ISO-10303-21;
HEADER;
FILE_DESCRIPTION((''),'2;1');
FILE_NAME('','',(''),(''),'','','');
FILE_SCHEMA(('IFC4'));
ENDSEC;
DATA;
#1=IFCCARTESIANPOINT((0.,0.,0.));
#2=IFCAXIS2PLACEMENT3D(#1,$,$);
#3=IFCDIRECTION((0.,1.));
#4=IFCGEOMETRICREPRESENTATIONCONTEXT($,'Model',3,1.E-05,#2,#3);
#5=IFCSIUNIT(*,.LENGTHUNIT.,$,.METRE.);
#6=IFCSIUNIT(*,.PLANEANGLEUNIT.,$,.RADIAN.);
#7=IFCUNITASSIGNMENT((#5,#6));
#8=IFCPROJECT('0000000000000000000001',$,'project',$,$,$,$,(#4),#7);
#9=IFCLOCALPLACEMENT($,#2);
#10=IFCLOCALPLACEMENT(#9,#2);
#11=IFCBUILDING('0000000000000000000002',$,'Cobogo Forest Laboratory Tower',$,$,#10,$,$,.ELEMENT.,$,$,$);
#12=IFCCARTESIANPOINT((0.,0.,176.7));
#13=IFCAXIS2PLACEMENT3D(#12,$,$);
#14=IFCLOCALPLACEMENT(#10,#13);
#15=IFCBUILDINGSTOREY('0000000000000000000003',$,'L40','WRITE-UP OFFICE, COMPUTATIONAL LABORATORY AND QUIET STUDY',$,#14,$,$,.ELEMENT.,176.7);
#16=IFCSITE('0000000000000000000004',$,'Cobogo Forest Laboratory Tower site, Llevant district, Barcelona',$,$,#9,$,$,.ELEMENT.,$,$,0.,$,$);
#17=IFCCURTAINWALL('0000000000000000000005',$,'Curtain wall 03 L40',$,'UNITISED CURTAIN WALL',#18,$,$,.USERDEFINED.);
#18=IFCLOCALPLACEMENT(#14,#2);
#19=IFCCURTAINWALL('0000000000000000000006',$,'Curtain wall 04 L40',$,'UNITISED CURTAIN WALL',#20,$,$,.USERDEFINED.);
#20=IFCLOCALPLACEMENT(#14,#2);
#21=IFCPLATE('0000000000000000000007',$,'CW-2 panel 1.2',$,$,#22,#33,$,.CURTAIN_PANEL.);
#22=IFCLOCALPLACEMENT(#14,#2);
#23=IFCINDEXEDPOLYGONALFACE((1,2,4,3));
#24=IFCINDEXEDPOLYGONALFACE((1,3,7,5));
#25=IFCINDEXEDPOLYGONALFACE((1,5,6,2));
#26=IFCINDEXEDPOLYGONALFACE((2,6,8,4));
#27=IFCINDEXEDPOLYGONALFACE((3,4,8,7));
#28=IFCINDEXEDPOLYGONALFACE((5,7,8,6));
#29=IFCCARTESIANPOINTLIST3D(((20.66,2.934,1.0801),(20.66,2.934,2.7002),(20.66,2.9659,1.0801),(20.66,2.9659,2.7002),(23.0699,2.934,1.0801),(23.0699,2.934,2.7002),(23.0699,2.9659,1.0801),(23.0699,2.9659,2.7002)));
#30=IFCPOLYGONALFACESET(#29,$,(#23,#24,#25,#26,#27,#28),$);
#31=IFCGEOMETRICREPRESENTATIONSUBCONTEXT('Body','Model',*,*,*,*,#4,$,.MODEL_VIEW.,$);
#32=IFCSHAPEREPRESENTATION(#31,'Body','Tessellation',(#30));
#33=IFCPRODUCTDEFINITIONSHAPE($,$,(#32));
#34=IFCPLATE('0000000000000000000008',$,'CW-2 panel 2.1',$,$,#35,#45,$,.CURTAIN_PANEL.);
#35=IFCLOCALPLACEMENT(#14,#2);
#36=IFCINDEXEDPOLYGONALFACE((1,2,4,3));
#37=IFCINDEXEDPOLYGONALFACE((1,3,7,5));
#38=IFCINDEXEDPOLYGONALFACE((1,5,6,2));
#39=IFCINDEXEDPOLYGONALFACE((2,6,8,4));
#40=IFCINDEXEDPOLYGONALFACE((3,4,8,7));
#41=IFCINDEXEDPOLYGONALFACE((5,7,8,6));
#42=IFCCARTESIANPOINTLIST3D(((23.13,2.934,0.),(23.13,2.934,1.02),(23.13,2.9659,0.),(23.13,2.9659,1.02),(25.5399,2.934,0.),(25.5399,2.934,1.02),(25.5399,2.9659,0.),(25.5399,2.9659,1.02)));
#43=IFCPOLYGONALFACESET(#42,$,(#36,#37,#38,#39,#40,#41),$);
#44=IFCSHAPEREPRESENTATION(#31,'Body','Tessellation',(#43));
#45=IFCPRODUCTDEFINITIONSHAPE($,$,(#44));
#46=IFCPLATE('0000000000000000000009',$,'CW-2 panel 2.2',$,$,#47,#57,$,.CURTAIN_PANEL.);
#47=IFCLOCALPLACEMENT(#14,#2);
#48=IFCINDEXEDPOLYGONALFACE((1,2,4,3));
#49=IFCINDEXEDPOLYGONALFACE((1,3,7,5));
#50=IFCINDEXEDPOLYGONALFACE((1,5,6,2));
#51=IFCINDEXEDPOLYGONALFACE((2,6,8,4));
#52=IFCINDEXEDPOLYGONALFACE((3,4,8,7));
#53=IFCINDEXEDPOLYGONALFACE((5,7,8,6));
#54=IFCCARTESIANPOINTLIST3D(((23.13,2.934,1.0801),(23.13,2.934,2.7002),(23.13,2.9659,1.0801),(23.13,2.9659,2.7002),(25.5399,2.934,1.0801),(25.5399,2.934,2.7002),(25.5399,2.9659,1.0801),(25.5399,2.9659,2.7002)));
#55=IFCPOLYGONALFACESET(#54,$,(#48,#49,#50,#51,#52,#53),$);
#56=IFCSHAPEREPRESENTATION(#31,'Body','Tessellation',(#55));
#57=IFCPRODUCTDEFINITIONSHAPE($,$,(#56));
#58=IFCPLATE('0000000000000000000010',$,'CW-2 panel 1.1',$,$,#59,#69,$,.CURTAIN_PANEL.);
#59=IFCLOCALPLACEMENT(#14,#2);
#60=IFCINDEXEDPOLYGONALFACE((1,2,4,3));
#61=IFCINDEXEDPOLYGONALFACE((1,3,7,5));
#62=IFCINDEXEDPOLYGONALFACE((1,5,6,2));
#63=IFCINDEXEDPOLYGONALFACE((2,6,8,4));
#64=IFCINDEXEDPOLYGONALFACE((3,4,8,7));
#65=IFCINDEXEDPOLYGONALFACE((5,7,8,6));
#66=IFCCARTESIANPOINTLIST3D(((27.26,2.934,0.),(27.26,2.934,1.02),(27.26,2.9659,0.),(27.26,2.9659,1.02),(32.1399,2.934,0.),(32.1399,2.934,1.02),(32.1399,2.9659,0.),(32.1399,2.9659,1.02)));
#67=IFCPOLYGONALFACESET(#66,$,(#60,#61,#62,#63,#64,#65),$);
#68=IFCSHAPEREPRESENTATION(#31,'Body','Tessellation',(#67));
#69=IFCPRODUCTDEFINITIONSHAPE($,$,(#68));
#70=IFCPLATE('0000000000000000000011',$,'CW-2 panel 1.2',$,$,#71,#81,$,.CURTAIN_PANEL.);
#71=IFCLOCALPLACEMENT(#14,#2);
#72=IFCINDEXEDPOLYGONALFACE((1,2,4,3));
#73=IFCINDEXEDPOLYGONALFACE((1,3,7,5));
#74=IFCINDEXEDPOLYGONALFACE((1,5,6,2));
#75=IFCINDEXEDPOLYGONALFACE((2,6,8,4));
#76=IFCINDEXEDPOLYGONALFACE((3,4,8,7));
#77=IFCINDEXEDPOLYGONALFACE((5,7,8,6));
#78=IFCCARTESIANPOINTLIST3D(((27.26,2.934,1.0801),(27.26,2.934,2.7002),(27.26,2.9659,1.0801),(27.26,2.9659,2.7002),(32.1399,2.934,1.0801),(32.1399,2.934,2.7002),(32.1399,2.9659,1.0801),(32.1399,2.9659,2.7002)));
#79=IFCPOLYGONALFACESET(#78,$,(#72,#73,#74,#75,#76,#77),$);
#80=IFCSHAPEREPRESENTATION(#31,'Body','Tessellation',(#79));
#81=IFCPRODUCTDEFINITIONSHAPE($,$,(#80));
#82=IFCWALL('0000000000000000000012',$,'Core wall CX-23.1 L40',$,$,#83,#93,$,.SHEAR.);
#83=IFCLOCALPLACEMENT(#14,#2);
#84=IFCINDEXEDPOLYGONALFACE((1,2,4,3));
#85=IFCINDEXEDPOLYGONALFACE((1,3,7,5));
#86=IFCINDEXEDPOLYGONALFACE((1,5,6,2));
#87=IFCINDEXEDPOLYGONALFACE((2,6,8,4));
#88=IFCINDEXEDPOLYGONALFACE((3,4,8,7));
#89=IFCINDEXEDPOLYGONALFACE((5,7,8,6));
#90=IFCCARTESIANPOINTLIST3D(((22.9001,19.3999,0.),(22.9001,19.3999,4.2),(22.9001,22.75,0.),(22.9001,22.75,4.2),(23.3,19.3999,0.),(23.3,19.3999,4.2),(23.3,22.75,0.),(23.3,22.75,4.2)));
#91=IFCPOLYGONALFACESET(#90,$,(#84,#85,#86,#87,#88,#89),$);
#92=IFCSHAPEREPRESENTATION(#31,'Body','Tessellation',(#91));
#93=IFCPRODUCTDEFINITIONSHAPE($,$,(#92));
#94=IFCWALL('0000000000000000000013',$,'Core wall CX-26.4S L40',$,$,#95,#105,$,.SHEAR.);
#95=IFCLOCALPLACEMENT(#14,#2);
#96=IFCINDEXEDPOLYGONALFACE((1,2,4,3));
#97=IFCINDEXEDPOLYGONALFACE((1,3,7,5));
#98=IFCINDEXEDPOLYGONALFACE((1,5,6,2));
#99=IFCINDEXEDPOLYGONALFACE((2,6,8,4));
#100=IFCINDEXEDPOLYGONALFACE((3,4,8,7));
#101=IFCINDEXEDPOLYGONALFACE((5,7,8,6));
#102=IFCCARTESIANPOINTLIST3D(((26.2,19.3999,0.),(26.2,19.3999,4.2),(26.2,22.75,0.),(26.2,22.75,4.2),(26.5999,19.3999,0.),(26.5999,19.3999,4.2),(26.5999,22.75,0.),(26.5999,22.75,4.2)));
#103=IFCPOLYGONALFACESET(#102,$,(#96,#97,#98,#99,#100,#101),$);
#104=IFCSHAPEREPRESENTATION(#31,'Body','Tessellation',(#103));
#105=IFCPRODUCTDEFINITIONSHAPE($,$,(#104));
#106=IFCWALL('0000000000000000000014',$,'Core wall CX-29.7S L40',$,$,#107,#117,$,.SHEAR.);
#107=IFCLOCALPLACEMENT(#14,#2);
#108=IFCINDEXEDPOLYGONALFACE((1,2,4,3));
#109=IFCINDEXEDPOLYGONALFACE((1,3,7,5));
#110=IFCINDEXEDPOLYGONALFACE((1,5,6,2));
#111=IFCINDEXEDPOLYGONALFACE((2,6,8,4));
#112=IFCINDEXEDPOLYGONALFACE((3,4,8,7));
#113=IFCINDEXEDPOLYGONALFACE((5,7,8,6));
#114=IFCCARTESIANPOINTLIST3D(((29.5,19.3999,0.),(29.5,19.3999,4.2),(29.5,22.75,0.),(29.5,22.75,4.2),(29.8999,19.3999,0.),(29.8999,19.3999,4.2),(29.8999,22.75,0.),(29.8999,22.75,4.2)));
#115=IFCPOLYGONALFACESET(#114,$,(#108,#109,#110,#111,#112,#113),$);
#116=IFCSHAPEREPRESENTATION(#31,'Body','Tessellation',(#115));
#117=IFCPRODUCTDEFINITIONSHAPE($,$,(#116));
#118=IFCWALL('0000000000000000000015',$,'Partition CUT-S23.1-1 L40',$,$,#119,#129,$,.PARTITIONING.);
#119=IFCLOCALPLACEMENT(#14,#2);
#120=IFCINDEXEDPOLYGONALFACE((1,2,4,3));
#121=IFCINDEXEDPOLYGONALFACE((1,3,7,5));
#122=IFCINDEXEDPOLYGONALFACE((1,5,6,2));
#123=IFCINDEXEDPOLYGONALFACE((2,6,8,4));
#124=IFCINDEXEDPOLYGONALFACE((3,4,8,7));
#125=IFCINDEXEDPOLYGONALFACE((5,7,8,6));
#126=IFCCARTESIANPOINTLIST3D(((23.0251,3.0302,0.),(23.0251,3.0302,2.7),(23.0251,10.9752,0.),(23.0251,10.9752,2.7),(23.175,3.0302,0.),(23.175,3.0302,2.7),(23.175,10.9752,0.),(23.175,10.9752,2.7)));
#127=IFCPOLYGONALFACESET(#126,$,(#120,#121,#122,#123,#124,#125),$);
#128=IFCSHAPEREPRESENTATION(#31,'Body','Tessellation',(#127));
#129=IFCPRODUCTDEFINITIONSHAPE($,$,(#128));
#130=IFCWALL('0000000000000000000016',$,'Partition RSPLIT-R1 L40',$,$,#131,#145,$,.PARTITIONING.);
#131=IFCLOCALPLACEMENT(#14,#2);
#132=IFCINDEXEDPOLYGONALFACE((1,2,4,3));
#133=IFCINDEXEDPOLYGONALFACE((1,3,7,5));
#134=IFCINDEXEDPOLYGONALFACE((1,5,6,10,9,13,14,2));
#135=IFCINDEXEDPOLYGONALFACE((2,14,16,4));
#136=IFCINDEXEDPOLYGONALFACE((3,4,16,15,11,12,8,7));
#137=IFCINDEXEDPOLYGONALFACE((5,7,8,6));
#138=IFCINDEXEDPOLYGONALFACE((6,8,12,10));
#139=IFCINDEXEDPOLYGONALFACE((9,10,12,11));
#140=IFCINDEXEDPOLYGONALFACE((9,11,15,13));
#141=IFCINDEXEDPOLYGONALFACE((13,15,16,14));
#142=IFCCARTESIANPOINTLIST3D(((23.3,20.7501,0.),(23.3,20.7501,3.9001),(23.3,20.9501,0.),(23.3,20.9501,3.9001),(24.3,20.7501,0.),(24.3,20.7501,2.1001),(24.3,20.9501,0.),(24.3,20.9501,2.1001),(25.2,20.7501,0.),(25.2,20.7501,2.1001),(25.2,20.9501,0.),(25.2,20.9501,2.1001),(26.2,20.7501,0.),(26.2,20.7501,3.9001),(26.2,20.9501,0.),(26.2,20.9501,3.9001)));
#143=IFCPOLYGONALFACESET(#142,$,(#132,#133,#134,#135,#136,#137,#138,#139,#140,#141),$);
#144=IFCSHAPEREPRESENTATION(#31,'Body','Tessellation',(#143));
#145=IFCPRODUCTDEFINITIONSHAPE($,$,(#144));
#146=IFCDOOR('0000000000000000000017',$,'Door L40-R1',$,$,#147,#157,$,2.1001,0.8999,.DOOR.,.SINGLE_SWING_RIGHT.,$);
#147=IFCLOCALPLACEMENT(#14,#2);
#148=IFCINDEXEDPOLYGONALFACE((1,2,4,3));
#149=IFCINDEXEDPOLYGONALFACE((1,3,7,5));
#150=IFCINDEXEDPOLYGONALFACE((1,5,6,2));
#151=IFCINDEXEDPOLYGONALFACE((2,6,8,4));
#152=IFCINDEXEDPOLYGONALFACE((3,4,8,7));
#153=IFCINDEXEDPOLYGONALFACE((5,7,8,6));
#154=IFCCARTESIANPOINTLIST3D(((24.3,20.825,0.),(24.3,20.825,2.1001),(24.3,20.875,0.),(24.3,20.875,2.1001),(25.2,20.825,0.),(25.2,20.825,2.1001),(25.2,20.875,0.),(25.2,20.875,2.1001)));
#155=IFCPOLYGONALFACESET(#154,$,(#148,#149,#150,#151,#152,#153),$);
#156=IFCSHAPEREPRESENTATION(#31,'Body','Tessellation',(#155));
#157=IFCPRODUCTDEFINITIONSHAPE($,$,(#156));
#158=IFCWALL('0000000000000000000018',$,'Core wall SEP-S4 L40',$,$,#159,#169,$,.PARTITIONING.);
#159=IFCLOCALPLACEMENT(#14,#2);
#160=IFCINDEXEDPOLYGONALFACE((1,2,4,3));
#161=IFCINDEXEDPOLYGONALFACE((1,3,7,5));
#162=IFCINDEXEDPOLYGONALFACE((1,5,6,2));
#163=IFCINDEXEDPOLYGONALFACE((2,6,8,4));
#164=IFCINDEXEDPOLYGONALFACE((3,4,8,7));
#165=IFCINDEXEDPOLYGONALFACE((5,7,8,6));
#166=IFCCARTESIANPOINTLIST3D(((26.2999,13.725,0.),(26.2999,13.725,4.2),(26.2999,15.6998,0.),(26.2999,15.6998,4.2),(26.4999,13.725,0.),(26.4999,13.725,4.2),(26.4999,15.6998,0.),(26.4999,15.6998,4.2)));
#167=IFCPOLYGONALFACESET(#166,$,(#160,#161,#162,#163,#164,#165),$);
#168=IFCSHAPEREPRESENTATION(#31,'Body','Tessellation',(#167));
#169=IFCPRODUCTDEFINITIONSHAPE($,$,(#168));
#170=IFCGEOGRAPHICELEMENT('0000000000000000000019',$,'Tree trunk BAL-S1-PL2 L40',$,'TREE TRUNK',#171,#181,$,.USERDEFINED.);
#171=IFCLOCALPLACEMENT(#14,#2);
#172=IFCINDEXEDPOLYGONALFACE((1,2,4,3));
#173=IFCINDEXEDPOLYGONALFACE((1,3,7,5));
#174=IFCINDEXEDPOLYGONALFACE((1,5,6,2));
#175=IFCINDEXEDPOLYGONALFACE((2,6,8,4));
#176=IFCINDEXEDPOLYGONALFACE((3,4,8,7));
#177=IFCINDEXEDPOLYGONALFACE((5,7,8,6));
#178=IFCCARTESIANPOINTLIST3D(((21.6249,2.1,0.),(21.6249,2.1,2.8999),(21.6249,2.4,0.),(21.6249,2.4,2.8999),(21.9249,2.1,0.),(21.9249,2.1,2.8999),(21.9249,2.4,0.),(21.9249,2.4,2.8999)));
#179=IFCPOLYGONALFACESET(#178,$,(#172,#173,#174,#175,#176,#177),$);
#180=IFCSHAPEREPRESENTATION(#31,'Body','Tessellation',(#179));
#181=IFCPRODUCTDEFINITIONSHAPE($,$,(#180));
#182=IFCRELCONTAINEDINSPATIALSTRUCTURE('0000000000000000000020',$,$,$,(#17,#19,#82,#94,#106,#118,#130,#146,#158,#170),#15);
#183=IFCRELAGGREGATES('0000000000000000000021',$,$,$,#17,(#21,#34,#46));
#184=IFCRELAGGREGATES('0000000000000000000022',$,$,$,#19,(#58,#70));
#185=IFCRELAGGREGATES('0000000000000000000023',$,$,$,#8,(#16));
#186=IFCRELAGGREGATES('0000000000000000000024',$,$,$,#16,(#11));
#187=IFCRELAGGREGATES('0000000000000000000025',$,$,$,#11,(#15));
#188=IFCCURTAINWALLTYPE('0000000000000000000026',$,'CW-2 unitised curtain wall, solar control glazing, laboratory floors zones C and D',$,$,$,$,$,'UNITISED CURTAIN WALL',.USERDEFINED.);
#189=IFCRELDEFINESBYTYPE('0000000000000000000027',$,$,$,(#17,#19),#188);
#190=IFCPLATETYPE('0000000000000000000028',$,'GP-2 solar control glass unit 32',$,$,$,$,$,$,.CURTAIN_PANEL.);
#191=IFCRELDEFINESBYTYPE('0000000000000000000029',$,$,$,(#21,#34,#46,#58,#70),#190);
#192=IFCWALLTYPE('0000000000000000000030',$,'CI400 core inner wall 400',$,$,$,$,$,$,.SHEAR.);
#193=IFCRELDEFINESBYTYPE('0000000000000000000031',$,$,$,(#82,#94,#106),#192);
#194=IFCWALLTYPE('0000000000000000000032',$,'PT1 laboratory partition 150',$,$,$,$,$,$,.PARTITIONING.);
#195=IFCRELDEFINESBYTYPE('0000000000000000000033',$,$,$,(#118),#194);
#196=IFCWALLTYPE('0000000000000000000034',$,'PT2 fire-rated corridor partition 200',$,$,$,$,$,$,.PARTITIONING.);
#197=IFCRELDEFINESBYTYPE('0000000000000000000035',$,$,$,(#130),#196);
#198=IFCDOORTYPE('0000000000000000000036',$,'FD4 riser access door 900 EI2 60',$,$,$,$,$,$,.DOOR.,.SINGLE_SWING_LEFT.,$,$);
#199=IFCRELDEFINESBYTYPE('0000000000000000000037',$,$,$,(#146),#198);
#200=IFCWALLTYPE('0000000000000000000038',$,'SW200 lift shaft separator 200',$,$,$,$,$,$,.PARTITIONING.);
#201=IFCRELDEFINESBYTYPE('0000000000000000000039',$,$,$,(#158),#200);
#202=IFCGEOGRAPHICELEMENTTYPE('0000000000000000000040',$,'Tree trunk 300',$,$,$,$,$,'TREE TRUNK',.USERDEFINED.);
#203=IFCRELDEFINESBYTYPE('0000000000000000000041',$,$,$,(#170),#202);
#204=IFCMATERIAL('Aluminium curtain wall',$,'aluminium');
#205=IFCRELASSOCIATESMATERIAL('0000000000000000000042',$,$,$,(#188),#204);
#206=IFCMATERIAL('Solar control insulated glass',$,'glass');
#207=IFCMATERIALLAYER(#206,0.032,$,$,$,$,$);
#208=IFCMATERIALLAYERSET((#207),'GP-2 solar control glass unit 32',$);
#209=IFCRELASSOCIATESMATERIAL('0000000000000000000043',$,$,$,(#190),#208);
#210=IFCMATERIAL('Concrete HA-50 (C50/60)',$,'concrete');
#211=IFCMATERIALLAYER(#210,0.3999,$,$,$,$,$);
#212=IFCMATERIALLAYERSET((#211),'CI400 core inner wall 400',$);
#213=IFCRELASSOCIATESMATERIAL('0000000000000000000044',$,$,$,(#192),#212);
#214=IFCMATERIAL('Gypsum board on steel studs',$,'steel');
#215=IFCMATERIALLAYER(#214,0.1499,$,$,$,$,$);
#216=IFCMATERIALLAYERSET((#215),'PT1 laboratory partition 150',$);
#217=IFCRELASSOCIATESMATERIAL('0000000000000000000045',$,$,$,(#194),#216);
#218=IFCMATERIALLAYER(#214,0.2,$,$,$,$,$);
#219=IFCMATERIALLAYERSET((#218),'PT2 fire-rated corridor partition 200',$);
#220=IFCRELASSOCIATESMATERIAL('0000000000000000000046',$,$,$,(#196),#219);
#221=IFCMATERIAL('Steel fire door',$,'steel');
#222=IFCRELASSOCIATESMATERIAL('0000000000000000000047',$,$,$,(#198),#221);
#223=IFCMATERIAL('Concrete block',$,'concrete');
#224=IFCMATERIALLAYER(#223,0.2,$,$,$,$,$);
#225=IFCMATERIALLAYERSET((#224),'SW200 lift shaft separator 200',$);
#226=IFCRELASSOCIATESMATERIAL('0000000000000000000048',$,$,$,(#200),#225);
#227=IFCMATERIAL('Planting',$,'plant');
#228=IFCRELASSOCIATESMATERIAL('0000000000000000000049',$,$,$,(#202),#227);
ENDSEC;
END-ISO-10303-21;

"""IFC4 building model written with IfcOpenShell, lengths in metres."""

from ifc_helpers import new_model, si_unit, direction, frame, frame_2d, origin, origin_2d, place, context, subcontext, project, spatial, rectangle, extrude, material, layer, layer_set, type_object, element, fill, aggregate, save


model = new_model("IFC4")

# Units and contexts
model_context = context("Model", 3, precision=1e-05, world=origin(), true_north=direction((0.0, 1.0)))
body_context = subcontext(model_context, "Body", "Model", "MODEL_VIEW")
ifc_project = project(units=[si_unit("LENGTHUNIT", "METRE"), si_unit("PLANEANGLEUNIT", "RADIAN")], contexts=[model_context])

# Site, building, storey
site_placement = place(None, origin())
site = spatial("IfcSite", under=ifc_project, at=site_placement, Name="Cobogo Forest Laboratory Tower site, Llevant district, Barcelona", CompositionType="ELEMENT", RefElevation=0.0)
building_placement = place(site_placement, origin())
building = spatial("IfcBuilding", under=site, at=building_placement, Name="Cobogo Forest Laboratory Tower", CompositionType="ELEMENT")
storey_placement = place(building_placement, frame((0.0, 0.0, 176.7)))
storey = spatial("IfcBuildingStorey", under=building, at=storey_placement, Name="L40", Description="WRITE-UP OFFICE, COMPUTATIONAL LABORATORY AND QUIET STUDY", CompositionType="ELEMENT", Elevation=176.7)

# Shared definitions
ifc_material_1 = material(Name="Concrete HA-50 (C50/60)", Category="concrete")

# Curtain walls
ifc_material_2 = material(Name="Aluminium curtain wall", Category="aluminium")
curtain_wall_type = type_object("IfcCurtainWallType", Name="CW-2 unitised curtain wall, solar control glazing, laboratory floors zones C and D", ElementType="UNITISED CURTAIN WALL", PredefinedType="USERDEFINED", material=ifc_material_2)
curtain_wall_1_placement = place(storey_placement, origin())
curtain_wall_1 = element("IfcCurtainWall", 1, at=curtain_wall_1_placement, inside=storey, type_object=curtain_wall_type, Name="Curtain wall 03 L40", ObjectType="UNITISED CURTAIN WALL", PredefinedType="USERDEFINED")
curtain_wall_2_placement = place(storey_placement, origin())
curtain_wall_2 = element("IfcCurtainWall", 2, at=curtain_wall_2_placement, inside=storey, type_object=curtain_wall_type, Name="Curtain wall 04 L40", ObjectType="UNITISED CURTAIN WALL", PredefinedType="USERDEFINED")

# Plates
ifc_material_3 = material(Name="Solar control insulated glass", Category="glass")
ifc_layer_1 = layer(ifc_material_3, 0.032)
ifc_layer_set_1 = layer_set([ifc_layer_1], Name="GP-2 solar control glass unit 32")
plate_type_1 = type_object("IfcPlateType", Name="GP-2 solar control glass unit 32", PredefinedType="CURTAIN_PANEL", material=ifc_layer_set_1)
plate_1_placement = place(storey_placement, frame((21.865, 2.95, 1.0801), z_axis=(0.0, 0.0, 1.0), x_axis=(1.0, 0.0, 0.0)))
plate_1 = element("IfcPlate", 3, at=plate_1_placement, type_object=plate_type_1, Name="CW-2 panel 1.2", PredefinedType="CURTAIN_PANEL", context=body_context, shape_type="SweptSolid", body=[
    extrude(rectangle(XDim=2.4099, YDim=0.032, at=origin_2d()), origin(), (0.0, 0.0, 1.0), 1.6201),
])
plate_2_placement = place(storey_placement, frame((24.335, 2.95, 0.0), z_axis=(0.0, 0.0, 1.0), x_axis=(1.0, 0.0, 0.0)))
plate_2 = element("IfcPlate", 4, at=plate_2_placement, type_object=plate_type_1, Name="CW-2 panel 2.1", PredefinedType="CURTAIN_PANEL", context=body_context, shape_type="SweptSolid", body=[
    extrude(rectangle(XDim=2.4099, YDim=0.032, at=origin_2d()), origin(), (0.0, 0.0, 1.0), 1.02),
])
plate_3_placement = place(storey_placement, frame((24.335, 2.95, 1.0801), z_axis=(0.0, 0.0, 1.0), x_axis=(1.0, 0.0, 0.0)))
plate_3 = element("IfcPlate", 5, at=plate_3_placement, type_object=plate_type_1, Name="CW-2 panel 2.2", PredefinedType="CURTAIN_PANEL", context=body_context, shape_type="SweptSolid", body=[
    extrude(rectangle(XDim=2.4099, YDim=0.032, at=origin_2d()), origin(), (0.0, 0.0, 1.0), 1.6201),
])
aggregate(curtain_wall_1, [plate_1, plate_2, plate_3])
plate_4_placement = place(storey_placement, frame((29.7, 2.95, 0.0), z_axis=(0.0, 0.0, 1.0), x_axis=(1.0, 0.0, 0.0)))
plate_4 = element("IfcPlate", 6, at=plate_4_placement, type_object=plate_type_1, Name="CW-2 panel 1.1", PredefinedType="CURTAIN_PANEL", context=body_context, shape_type="SweptSolid", body=[
    extrude(rectangle(XDim=4.8799, YDim=0.032, at=origin_2d()), origin(), (0.0, 0.0, 1.0), 1.02),
])
plate_5_placement = place(storey_placement, frame((29.7, 2.95, 1.0801), z_axis=(0.0, 0.0, 1.0), x_axis=(1.0, 0.0, 0.0)))
plate_5 = element("IfcPlate", 7, at=plate_5_placement, type_object=plate_type_1, Name="CW-2 panel 1.2", PredefinedType="CURTAIN_PANEL", context=body_context, shape_type="SweptSolid", body=[
    extrude(rectangle(XDim=4.8799, YDim=0.032, at=origin_2d()), origin(), (0.0, 0.0, 1.0), 1.6201),
])
aggregate(curtain_wall_2, [plate_4, plate_5])

# Walls
ifc_layer_2 = layer(ifc_material_1, 0.3999)
ifc_layer_set_2 = layer_set([ifc_layer_2], Name="CI400 core inner wall 400")
wall_type_1 = type_object("IfcWallType", Name="CI400 core inner wall 400", PredefinedType="SHEAR", material=ifc_layer_set_2)
for number, where, z_axis, x_axis, name in (
    (8, (23.1001, 19.3999, 0.0), (0.0, 0.0, 1.0), (0.0, 1.0, 0.0), "Core wall CX-23.1 L40"),
    (9, (26.3999, 19.3999, 0.0), (0.0, 0.0, 1.0), (0.0, 1.0, 0.0), "Core wall CX-26.4S L40"),
    (10, (29.7, 19.3999, 0.0), (0.0, 0.0, 1.0), (0.0, 1.0, 0.0), "Core wall CX-29.7S L40"),
):
    element("IfcWall", number, at=place(storey_placement, frame(where, z_axis=z_axis, x_axis=x_axis)), inside=storey, type_object=wall_type_1, Name=name, PredefinedType="SHEAR", context=body_context, shape_type="SweptSolid", body=[
        extrude(rectangle(XDim=3.3501, YDim=0.3999, at=frame_2d((1.675, 0.0))), origin(), (0.0, 0.0, 1.0), 4.2),
    ])
ifc_material_4 = material(Name="Gypsum board on steel studs", Category="steel")
ifc_layer_3 = layer(ifc_material_4, 0.1499)
ifc_layer_set_3 = layer_set([ifc_layer_3], Name="PT1 laboratory partition 150")
wall_type_2 = type_object("IfcWallType", Name="PT1 laboratory partition 150", PredefinedType="PARTITIONING", material=ifc_layer_set_3)
wall_1_placement = place(storey_placement, frame((23.1001, 3.03, 0.0), z_axis=(0.0, 0.0, 1.0), x_axis=(0.0, 1.0, 0.0)))
element("IfcWall", 11, at=wall_1_placement, inside=storey, type_object=wall_type_2, Name="Partition CUT-S23.1-1 L40", PredefinedType="PARTITIONING", context=body_context, shape_type="SweptSolid", body=[
    extrude(rectangle(XDim=7.9451, YDim=0.1499, at=frame_2d((3.9727, 0.0))), origin(), (0.0, 0.0, 1.0), 2.7),
])

# Wall, opening, door
ifc_layer_4 = layer(ifc_material_4, 0.2)
ifc_layer_set_4 = layer_set([ifc_layer_4], Name="PT2 fire-rated corridor partition 200")
wall_type_3 = type_object("IfcWallType", Name="PT2 fire-rated corridor partition 200", PredefinedType="PARTITIONING", material=ifc_layer_set_4)
wall_2_placement = place(storey_placement, frame((23.3, 20.8501, 0.0), z_axis=(0.0, 0.0, 1.0), x_axis=(1.0, 0.0, 0.0)))
wall_2 = element("IfcWall", 12, at=wall_2_placement, inside=storey, type_object=wall_type_3, Name="Partition RSPLIT-R1 L40", PredefinedType="PARTITIONING", context=body_context, shape_type="SweptSolid", body=[
    extrude(rectangle(XDim=2.8999, YDim=0.2, at=frame_2d((1.45, 0.0))), origin(), (0.0, 0.0, 1.0), 3.9001),
])
opening_placement = place(wall_2_placement, frame((1.0, 0.0, 0.0)))
opening = element("IfcOpeningElement", 13, at=opening_placement, cuts=wall_2, PredefinedType="OPENING", context=body_context, shape_type="SweptSolid", body=[
    extrude(rectangle(XDim=0.8999, YDim=2.1001, at=frame_2d((0.45, 1.05))), frame((0.0, 0.1099, 0.0), z_axis=(0.0, -1.0, 0.0), x_axis=(1.0, 0.0, 0.0)), (0.0, 0.0, 1.0), 0.22),
])
ifc_material_5 = material(Name="Steel fire door", Category="steel")
door_type = type_object("IfcDoorType", Name="FD4 riser access door 900 EI2 60", OperationType="SINGLE_SWING_LEFT", PredefinedType="DOOR", material=ifc_material_5)
door_placement = place(opening_placement, origin())
door = element("IfcDoor", 14, at=door_placement, inside=storey, type_object=door_type, Name="Door L40-R1", OperationType="SINGLE_SWING_RIGHT", OverallHeight=2.1001, OverallWidth=0.8999, PredefinedType="DOOR", context=body_context, shape_type="SweptSolid", body=[
    extrude(rectangle(XDim=0.8999, YDim=2.1001, at=frame_2d((0.45, 1.05))), frame((0.0, 0.0249, 0.0), z_axis=(0.0, -1.0, 0.0), x_axis=(1.0, 0.0, 0.0)), (0.0, 0.0, 1.0), 0.05),
])
fill(opening, door)

# Wall
ifc_material_6 = material(Name="Concrete block", Category="concrete")
ifc_layer_5 = layer(ifc_material_6, 0.2)
ifc_layer_set_5 = layer_set([ifc_layer_5], Name="SW200 lift shaft separator 200")
wall_type_4 = type_object("IfcWallType", Name="SW200 lift shaft separator 200", PredefinedType="PARTITIONING", material=ifc_layer_set_5)
wall_3_placement = place(storey_placement, frame((26.3999, 13.7251, 0.0), z_axis=(0.0, 0.0, 1.0), x_axis=(0.0, 1.0, 0.0)))
element("IfcWall", 15, at=wall_3_placement, inside=storey, type_object=wall_type_4, Name="Core wall SEP-S4 L40", PredefinedType="PARTITIONING", context=body_context, shape_type="SweptSolid", body=[
    extrude(rectangle(XDim=1.9749, YDim=0.2, at=frame_2d((0.9873, 0.0))), origin(), (0.0, 0.0, 1.0), 4.2),
])

# Geographic element
ifc_material_7 = material(Name="Planting", Category="plant")
geographic_element_type = type_object("IfcGeographicElementType", Name="Tree trunk 300", ElementType="TREE TRUNK", PredefinedType="USERDEFINED", material=ifc_material_7)
geographic_element_placement = place(storey_placement, frame((21.7749, 2.25, 0.0), z_axis=(0.0, 0.0, 1.0), x_axis=(1.0, 0.0, 0.0)))
element("IfcGeographicElement", 16, at=geographic_element_placement, inside=storey, type_object=geographic_element_type, Name="Tree trunk BAL-S1-PL2 L40", ObjectType="TREE TRUNK", PredefinedType="USERDEFINED", context=body_context, shape_type="SweptSolid", body=[
    extrude(rectangle(XDim=0.3, YDim=0.3, at=origin_2d()), origin(), (0.0, 0.0, 1.0), 2.8999),
])

save(model, "model.ifc")
